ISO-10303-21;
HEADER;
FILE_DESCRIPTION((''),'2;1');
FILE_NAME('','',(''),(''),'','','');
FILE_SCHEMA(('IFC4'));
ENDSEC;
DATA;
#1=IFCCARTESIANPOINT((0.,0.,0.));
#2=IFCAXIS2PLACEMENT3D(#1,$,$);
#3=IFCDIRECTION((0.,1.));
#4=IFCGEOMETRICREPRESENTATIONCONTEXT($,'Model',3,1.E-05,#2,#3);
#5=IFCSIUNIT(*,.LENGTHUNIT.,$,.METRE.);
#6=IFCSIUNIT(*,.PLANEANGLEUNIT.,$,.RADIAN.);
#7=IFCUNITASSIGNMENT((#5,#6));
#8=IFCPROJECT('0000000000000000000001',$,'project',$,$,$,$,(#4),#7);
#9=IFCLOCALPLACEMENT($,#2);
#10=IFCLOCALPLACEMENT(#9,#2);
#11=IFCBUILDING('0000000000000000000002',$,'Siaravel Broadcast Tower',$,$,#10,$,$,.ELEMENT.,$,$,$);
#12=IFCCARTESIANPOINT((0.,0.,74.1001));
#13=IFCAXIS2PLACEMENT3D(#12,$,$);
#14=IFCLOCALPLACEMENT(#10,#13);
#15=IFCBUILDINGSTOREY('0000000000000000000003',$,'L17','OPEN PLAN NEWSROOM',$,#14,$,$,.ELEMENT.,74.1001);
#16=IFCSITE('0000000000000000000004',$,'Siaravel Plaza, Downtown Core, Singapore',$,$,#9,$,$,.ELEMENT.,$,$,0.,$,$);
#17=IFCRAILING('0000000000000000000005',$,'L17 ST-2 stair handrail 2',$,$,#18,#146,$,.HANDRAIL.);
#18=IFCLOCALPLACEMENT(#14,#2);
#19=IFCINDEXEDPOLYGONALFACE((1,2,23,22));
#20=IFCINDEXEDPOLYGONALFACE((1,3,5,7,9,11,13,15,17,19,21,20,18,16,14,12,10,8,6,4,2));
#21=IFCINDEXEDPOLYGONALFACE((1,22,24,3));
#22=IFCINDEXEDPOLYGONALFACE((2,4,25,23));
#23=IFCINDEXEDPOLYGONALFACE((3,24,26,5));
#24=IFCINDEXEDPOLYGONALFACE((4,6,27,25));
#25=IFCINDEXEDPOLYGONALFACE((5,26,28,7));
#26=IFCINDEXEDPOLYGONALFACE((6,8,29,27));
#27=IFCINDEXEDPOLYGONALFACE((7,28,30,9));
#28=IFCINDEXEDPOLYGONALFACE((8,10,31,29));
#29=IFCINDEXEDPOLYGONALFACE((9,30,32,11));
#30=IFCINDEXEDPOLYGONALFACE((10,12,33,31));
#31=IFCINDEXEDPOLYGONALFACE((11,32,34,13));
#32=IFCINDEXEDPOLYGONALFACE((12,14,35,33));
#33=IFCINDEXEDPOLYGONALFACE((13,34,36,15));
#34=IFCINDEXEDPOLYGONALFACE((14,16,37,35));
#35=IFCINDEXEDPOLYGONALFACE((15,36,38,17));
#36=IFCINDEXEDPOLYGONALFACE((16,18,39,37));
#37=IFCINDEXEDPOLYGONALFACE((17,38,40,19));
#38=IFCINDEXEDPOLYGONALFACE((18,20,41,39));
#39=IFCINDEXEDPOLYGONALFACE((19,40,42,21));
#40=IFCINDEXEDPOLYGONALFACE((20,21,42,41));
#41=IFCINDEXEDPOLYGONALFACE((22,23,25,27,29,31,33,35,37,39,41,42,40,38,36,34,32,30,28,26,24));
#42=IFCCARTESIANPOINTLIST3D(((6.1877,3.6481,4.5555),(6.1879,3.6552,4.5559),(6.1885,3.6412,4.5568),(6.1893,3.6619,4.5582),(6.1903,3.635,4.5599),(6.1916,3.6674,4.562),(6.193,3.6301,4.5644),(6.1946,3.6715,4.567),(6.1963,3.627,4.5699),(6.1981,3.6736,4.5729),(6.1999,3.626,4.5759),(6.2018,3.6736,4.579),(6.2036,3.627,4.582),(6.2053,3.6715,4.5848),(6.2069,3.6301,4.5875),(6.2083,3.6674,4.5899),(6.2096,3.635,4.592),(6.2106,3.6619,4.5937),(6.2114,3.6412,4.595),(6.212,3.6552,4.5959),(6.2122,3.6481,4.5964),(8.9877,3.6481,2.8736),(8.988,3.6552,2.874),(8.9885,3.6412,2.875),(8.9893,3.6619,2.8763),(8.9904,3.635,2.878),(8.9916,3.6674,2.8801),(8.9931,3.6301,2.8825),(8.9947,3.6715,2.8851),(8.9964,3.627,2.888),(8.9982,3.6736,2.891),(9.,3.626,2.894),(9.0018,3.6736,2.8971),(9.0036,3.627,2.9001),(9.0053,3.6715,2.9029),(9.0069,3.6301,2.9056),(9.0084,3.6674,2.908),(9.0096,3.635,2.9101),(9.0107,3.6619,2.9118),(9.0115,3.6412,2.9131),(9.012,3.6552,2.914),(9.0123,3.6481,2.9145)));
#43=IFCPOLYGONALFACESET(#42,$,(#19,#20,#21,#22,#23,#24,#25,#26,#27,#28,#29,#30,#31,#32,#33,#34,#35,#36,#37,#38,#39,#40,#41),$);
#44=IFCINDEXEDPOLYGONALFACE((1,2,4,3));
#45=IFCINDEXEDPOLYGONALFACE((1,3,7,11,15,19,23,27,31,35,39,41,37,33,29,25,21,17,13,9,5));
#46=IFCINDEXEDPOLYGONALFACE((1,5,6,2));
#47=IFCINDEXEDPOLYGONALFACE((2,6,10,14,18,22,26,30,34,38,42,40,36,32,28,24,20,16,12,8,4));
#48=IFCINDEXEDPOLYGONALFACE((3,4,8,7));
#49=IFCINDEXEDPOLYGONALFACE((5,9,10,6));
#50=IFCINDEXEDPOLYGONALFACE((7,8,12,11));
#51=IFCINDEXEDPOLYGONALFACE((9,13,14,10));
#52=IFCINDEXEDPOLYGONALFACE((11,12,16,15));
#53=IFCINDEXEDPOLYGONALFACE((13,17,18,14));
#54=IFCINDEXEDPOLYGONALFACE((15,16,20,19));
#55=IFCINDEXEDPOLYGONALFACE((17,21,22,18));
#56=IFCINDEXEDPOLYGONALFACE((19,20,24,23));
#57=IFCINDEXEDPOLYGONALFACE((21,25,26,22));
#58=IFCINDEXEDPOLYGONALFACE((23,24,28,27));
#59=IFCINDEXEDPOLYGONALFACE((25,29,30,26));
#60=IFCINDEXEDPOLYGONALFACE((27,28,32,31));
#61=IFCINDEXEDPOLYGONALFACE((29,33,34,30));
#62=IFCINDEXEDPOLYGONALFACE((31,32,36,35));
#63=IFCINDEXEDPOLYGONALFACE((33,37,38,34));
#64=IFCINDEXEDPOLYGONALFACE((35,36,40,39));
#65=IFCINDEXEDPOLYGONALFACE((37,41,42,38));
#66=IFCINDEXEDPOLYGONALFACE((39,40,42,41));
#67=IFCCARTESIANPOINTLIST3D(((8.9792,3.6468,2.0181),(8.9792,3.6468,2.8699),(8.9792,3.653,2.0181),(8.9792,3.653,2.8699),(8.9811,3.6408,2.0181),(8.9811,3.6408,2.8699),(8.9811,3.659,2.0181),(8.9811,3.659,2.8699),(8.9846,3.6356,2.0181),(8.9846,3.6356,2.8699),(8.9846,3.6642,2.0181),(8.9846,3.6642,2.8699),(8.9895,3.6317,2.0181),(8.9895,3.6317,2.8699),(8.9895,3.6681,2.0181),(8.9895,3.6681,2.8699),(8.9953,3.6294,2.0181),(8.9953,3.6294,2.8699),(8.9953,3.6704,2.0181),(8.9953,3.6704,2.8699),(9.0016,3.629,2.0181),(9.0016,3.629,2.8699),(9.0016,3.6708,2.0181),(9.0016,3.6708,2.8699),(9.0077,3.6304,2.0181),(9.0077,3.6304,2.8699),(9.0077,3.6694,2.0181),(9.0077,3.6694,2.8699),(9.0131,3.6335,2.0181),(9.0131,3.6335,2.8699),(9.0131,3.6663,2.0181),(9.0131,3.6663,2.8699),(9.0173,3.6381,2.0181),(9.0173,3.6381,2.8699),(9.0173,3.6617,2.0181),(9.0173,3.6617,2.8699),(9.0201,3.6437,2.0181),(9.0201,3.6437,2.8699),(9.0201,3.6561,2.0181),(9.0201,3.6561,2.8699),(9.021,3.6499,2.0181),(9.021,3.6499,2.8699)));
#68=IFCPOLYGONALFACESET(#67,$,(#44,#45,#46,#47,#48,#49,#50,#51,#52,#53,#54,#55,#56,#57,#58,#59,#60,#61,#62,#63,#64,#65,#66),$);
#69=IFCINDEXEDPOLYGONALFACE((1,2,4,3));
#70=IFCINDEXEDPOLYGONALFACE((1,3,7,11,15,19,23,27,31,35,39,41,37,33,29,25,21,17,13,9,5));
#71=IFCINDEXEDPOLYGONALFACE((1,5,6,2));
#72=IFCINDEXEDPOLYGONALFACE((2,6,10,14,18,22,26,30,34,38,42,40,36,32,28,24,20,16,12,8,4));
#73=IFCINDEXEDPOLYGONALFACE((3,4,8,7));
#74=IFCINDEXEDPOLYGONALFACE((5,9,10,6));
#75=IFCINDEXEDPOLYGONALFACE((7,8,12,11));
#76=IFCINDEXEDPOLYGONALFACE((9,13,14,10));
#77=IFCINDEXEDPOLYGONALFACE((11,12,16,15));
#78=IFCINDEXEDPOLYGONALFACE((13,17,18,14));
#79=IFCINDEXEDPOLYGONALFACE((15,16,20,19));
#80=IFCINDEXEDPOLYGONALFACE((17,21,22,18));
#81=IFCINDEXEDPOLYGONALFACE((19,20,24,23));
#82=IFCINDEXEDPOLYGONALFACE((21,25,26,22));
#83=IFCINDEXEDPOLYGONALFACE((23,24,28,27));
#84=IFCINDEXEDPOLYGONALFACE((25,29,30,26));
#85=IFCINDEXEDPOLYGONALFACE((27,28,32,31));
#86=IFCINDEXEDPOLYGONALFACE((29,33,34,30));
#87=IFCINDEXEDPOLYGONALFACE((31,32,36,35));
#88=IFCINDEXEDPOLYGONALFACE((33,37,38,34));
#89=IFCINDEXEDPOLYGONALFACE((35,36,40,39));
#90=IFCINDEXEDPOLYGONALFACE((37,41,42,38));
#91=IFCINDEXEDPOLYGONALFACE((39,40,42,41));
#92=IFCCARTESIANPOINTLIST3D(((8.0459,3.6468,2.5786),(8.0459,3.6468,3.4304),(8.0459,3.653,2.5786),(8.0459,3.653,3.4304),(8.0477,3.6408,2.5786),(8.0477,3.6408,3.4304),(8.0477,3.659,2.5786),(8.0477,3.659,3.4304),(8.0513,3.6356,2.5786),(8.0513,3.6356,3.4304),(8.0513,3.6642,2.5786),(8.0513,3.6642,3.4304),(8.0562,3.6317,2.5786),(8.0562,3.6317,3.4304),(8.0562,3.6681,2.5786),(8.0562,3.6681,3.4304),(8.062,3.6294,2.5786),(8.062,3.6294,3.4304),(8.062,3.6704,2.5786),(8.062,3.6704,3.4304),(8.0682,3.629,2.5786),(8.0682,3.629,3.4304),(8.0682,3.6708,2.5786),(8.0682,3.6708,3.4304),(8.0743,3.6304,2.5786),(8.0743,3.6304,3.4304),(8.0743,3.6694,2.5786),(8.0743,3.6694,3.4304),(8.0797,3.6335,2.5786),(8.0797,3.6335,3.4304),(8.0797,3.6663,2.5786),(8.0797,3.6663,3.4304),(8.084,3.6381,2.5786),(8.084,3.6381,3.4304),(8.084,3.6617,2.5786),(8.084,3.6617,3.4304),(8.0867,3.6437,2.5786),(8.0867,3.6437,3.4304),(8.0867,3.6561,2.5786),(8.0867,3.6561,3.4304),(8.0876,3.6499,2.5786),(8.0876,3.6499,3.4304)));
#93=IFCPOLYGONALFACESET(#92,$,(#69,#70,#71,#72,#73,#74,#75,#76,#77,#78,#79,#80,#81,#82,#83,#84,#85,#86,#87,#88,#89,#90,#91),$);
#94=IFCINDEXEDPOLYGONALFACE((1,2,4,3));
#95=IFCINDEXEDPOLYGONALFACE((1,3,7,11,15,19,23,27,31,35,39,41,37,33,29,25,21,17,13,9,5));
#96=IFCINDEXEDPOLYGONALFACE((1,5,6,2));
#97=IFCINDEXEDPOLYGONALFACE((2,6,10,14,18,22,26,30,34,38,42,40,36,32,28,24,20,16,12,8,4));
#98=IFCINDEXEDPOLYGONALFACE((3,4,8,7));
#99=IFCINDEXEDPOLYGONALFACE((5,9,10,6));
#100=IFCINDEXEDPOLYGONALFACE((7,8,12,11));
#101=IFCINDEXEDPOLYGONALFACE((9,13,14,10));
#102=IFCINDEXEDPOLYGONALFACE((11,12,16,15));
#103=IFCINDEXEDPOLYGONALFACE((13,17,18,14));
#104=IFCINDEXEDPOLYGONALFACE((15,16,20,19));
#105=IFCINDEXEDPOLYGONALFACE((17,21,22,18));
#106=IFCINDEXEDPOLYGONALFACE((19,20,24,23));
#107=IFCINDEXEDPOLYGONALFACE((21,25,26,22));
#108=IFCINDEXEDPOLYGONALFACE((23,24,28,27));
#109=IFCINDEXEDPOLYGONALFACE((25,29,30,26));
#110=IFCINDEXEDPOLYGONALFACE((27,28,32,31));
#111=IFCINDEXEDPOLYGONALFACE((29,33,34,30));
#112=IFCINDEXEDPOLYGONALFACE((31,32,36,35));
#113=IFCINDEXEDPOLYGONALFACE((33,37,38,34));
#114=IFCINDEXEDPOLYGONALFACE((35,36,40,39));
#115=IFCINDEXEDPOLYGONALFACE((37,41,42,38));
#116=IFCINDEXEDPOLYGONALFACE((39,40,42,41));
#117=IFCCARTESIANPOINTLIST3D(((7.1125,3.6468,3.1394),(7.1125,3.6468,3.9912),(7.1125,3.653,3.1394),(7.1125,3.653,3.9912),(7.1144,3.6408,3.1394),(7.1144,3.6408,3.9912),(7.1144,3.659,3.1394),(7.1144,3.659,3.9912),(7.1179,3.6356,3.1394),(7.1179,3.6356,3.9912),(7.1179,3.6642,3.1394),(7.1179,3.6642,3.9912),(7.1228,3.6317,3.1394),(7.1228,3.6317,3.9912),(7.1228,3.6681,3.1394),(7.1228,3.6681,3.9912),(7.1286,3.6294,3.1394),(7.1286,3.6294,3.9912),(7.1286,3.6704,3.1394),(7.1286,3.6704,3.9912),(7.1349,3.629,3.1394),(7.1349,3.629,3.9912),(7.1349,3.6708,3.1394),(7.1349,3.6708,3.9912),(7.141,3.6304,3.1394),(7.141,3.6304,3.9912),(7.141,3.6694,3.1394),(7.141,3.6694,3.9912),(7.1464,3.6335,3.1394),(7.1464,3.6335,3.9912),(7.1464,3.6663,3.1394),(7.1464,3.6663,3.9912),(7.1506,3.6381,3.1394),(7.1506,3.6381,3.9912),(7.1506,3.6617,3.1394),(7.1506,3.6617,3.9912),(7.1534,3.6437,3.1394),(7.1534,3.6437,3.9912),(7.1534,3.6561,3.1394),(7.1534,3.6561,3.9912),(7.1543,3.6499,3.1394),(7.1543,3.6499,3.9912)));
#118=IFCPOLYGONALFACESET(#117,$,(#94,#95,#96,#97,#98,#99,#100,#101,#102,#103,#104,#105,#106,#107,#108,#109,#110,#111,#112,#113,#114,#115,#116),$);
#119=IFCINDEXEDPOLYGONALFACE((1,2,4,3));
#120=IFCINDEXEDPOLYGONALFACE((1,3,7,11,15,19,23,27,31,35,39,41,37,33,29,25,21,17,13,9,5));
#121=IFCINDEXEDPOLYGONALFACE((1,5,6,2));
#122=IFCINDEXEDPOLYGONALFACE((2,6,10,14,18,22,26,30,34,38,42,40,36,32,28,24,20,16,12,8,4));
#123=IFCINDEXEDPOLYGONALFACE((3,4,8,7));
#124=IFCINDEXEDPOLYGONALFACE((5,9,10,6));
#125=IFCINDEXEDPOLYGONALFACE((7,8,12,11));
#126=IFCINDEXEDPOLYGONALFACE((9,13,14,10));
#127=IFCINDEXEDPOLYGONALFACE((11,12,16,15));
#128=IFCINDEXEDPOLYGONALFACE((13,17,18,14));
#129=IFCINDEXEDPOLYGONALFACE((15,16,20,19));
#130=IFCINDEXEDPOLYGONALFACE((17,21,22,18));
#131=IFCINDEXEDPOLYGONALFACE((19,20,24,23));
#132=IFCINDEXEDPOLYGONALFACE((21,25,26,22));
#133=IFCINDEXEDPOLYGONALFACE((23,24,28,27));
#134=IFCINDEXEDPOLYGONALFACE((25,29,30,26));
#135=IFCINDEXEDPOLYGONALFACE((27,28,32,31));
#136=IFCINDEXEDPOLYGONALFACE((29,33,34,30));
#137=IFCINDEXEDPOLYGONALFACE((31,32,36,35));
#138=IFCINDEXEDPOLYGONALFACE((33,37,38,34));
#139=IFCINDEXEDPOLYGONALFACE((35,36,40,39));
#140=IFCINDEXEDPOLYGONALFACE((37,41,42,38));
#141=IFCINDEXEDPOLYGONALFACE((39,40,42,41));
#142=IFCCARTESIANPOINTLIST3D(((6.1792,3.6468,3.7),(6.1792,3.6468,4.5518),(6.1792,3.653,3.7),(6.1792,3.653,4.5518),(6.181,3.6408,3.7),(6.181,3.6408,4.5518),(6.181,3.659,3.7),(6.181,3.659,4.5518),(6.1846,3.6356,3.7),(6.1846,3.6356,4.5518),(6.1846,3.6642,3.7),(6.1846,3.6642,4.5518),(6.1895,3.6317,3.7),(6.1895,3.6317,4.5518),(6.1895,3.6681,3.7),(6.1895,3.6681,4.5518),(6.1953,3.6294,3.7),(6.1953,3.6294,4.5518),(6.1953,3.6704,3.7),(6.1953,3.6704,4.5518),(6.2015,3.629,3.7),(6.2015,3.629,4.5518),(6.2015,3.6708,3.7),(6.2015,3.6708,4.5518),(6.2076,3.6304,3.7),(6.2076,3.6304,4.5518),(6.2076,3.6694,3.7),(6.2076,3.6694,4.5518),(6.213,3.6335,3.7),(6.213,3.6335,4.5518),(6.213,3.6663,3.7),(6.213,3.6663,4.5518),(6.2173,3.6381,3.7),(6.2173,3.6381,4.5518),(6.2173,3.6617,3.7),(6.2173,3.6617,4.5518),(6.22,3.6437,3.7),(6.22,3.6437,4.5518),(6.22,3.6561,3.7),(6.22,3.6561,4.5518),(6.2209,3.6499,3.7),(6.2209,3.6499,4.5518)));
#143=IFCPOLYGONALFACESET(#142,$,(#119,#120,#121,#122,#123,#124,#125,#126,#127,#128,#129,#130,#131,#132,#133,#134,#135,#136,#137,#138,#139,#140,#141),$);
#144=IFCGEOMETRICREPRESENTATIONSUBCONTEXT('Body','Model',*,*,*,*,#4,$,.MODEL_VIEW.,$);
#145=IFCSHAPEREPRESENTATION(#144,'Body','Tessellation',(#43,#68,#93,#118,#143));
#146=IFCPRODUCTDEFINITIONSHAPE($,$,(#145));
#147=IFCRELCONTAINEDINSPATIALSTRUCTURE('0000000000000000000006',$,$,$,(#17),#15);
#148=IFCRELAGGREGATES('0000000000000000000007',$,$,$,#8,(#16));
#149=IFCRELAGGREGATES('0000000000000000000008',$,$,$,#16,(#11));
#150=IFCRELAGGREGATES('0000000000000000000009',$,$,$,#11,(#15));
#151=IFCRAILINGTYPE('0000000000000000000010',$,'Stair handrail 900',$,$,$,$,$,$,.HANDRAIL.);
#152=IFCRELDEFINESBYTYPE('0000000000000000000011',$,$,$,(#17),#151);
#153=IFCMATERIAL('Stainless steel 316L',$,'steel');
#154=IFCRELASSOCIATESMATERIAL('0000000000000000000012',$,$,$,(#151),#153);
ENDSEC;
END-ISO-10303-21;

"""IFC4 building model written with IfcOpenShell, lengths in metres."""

from ifc_helpers import new_model, si_unit, direction, frame, origin, origin_2d, place, context, subcontext, project, spatial, circle, extrude, material, type_object, element, save


model = new_model("IFC4")

# Units and contexts
model_context = context("Model", 3, precision=1e-05, world=origin(), true_north=direction((0.0, 1.0)))
body_context = subcontext(model_context, "Body", "Model", "MODEL_VIEW")
ifc_project = project(units=[si_unit("LENGTHUNIT", "METRE"), si_unit("PLANEANGLEUNIT", "RADIAN")], contexts=[model_context])

# Site, building, storey
site_placement = place(None, origin())
site = spatial("IfcSite", under=ifc_project, at=site_placement, Name="Siaravel Plaza, Downtown Core, Singapore", CompositionType="ELEMENT", RefElevation=0.0)
building_placement = place(site_placement, origin())
building = spatial("IfcBuilding", under=site, at=building_placement, Name="Siaravel Broadcast Tower", CompositionType="ELEMENT")
storey_placement = place(building_placement, frame((0.0, 0.0, 74.1001)))
storey = spatial("IfcBuildingStorey", under=building, at=storey_placement, Name="L17", Description="OPEN PLAN NEWSROOM", CompositionType="ELEMENT", Elevation=74.1001)

# Railing
ifc_material_1 = material(Name="Stainless steel 316L", Category="steel")
railing_type_1 = type_object("IfcRailingType", Name="Stair handrail 900", PredefinedType="HANDRAIL", material=ifc_material_1)
railing_1_placement = place(storey_placement, frame((9.0, 3.6499, 2.0181)))
element("IfcRailing", 1, at=railing_1_placement, inside=storey, type_object=railing_type_1, Name="L17 ST-2 stair handrail 2", PredefinedType="HANDRAIL", context=body_context, shape_type="SweptSolid", body=[
    extrude(circle(Radius=0.0239, at=origin_2d()), frame((0.0, 0.0, 0.876), z_axis=(-0.857242, 0.0, 0.514913), x_axis=(0.0, -1.0, 0.0)), (0.0, 0.0, 1.0), 3.2664),
    extrude(circle(Radius=0.021, at=origin_2d()), origin(), (0.0, 0.0, 1.0), 0.8518),
    extrude(circle(Radius=0.021, at=origin_2d()), frame((-0.9333, 0.0, 0.5605)), (0.0, 0.0, 1.0), 0.8518),
    extrude(circle(Radius=0.021, at=origin_2d()), frame((-1.8667, 0.0, 1.1213)), (0.0, 0.0, 1.0), 0.8518),
    extrude(circle(Radius=0.021, at=origin_2d()), frame((-2.8, 0.0, 1.6819)), (0.0, 0.0, 1.0), 0.8518),
])

save(model, "model.ifc")
